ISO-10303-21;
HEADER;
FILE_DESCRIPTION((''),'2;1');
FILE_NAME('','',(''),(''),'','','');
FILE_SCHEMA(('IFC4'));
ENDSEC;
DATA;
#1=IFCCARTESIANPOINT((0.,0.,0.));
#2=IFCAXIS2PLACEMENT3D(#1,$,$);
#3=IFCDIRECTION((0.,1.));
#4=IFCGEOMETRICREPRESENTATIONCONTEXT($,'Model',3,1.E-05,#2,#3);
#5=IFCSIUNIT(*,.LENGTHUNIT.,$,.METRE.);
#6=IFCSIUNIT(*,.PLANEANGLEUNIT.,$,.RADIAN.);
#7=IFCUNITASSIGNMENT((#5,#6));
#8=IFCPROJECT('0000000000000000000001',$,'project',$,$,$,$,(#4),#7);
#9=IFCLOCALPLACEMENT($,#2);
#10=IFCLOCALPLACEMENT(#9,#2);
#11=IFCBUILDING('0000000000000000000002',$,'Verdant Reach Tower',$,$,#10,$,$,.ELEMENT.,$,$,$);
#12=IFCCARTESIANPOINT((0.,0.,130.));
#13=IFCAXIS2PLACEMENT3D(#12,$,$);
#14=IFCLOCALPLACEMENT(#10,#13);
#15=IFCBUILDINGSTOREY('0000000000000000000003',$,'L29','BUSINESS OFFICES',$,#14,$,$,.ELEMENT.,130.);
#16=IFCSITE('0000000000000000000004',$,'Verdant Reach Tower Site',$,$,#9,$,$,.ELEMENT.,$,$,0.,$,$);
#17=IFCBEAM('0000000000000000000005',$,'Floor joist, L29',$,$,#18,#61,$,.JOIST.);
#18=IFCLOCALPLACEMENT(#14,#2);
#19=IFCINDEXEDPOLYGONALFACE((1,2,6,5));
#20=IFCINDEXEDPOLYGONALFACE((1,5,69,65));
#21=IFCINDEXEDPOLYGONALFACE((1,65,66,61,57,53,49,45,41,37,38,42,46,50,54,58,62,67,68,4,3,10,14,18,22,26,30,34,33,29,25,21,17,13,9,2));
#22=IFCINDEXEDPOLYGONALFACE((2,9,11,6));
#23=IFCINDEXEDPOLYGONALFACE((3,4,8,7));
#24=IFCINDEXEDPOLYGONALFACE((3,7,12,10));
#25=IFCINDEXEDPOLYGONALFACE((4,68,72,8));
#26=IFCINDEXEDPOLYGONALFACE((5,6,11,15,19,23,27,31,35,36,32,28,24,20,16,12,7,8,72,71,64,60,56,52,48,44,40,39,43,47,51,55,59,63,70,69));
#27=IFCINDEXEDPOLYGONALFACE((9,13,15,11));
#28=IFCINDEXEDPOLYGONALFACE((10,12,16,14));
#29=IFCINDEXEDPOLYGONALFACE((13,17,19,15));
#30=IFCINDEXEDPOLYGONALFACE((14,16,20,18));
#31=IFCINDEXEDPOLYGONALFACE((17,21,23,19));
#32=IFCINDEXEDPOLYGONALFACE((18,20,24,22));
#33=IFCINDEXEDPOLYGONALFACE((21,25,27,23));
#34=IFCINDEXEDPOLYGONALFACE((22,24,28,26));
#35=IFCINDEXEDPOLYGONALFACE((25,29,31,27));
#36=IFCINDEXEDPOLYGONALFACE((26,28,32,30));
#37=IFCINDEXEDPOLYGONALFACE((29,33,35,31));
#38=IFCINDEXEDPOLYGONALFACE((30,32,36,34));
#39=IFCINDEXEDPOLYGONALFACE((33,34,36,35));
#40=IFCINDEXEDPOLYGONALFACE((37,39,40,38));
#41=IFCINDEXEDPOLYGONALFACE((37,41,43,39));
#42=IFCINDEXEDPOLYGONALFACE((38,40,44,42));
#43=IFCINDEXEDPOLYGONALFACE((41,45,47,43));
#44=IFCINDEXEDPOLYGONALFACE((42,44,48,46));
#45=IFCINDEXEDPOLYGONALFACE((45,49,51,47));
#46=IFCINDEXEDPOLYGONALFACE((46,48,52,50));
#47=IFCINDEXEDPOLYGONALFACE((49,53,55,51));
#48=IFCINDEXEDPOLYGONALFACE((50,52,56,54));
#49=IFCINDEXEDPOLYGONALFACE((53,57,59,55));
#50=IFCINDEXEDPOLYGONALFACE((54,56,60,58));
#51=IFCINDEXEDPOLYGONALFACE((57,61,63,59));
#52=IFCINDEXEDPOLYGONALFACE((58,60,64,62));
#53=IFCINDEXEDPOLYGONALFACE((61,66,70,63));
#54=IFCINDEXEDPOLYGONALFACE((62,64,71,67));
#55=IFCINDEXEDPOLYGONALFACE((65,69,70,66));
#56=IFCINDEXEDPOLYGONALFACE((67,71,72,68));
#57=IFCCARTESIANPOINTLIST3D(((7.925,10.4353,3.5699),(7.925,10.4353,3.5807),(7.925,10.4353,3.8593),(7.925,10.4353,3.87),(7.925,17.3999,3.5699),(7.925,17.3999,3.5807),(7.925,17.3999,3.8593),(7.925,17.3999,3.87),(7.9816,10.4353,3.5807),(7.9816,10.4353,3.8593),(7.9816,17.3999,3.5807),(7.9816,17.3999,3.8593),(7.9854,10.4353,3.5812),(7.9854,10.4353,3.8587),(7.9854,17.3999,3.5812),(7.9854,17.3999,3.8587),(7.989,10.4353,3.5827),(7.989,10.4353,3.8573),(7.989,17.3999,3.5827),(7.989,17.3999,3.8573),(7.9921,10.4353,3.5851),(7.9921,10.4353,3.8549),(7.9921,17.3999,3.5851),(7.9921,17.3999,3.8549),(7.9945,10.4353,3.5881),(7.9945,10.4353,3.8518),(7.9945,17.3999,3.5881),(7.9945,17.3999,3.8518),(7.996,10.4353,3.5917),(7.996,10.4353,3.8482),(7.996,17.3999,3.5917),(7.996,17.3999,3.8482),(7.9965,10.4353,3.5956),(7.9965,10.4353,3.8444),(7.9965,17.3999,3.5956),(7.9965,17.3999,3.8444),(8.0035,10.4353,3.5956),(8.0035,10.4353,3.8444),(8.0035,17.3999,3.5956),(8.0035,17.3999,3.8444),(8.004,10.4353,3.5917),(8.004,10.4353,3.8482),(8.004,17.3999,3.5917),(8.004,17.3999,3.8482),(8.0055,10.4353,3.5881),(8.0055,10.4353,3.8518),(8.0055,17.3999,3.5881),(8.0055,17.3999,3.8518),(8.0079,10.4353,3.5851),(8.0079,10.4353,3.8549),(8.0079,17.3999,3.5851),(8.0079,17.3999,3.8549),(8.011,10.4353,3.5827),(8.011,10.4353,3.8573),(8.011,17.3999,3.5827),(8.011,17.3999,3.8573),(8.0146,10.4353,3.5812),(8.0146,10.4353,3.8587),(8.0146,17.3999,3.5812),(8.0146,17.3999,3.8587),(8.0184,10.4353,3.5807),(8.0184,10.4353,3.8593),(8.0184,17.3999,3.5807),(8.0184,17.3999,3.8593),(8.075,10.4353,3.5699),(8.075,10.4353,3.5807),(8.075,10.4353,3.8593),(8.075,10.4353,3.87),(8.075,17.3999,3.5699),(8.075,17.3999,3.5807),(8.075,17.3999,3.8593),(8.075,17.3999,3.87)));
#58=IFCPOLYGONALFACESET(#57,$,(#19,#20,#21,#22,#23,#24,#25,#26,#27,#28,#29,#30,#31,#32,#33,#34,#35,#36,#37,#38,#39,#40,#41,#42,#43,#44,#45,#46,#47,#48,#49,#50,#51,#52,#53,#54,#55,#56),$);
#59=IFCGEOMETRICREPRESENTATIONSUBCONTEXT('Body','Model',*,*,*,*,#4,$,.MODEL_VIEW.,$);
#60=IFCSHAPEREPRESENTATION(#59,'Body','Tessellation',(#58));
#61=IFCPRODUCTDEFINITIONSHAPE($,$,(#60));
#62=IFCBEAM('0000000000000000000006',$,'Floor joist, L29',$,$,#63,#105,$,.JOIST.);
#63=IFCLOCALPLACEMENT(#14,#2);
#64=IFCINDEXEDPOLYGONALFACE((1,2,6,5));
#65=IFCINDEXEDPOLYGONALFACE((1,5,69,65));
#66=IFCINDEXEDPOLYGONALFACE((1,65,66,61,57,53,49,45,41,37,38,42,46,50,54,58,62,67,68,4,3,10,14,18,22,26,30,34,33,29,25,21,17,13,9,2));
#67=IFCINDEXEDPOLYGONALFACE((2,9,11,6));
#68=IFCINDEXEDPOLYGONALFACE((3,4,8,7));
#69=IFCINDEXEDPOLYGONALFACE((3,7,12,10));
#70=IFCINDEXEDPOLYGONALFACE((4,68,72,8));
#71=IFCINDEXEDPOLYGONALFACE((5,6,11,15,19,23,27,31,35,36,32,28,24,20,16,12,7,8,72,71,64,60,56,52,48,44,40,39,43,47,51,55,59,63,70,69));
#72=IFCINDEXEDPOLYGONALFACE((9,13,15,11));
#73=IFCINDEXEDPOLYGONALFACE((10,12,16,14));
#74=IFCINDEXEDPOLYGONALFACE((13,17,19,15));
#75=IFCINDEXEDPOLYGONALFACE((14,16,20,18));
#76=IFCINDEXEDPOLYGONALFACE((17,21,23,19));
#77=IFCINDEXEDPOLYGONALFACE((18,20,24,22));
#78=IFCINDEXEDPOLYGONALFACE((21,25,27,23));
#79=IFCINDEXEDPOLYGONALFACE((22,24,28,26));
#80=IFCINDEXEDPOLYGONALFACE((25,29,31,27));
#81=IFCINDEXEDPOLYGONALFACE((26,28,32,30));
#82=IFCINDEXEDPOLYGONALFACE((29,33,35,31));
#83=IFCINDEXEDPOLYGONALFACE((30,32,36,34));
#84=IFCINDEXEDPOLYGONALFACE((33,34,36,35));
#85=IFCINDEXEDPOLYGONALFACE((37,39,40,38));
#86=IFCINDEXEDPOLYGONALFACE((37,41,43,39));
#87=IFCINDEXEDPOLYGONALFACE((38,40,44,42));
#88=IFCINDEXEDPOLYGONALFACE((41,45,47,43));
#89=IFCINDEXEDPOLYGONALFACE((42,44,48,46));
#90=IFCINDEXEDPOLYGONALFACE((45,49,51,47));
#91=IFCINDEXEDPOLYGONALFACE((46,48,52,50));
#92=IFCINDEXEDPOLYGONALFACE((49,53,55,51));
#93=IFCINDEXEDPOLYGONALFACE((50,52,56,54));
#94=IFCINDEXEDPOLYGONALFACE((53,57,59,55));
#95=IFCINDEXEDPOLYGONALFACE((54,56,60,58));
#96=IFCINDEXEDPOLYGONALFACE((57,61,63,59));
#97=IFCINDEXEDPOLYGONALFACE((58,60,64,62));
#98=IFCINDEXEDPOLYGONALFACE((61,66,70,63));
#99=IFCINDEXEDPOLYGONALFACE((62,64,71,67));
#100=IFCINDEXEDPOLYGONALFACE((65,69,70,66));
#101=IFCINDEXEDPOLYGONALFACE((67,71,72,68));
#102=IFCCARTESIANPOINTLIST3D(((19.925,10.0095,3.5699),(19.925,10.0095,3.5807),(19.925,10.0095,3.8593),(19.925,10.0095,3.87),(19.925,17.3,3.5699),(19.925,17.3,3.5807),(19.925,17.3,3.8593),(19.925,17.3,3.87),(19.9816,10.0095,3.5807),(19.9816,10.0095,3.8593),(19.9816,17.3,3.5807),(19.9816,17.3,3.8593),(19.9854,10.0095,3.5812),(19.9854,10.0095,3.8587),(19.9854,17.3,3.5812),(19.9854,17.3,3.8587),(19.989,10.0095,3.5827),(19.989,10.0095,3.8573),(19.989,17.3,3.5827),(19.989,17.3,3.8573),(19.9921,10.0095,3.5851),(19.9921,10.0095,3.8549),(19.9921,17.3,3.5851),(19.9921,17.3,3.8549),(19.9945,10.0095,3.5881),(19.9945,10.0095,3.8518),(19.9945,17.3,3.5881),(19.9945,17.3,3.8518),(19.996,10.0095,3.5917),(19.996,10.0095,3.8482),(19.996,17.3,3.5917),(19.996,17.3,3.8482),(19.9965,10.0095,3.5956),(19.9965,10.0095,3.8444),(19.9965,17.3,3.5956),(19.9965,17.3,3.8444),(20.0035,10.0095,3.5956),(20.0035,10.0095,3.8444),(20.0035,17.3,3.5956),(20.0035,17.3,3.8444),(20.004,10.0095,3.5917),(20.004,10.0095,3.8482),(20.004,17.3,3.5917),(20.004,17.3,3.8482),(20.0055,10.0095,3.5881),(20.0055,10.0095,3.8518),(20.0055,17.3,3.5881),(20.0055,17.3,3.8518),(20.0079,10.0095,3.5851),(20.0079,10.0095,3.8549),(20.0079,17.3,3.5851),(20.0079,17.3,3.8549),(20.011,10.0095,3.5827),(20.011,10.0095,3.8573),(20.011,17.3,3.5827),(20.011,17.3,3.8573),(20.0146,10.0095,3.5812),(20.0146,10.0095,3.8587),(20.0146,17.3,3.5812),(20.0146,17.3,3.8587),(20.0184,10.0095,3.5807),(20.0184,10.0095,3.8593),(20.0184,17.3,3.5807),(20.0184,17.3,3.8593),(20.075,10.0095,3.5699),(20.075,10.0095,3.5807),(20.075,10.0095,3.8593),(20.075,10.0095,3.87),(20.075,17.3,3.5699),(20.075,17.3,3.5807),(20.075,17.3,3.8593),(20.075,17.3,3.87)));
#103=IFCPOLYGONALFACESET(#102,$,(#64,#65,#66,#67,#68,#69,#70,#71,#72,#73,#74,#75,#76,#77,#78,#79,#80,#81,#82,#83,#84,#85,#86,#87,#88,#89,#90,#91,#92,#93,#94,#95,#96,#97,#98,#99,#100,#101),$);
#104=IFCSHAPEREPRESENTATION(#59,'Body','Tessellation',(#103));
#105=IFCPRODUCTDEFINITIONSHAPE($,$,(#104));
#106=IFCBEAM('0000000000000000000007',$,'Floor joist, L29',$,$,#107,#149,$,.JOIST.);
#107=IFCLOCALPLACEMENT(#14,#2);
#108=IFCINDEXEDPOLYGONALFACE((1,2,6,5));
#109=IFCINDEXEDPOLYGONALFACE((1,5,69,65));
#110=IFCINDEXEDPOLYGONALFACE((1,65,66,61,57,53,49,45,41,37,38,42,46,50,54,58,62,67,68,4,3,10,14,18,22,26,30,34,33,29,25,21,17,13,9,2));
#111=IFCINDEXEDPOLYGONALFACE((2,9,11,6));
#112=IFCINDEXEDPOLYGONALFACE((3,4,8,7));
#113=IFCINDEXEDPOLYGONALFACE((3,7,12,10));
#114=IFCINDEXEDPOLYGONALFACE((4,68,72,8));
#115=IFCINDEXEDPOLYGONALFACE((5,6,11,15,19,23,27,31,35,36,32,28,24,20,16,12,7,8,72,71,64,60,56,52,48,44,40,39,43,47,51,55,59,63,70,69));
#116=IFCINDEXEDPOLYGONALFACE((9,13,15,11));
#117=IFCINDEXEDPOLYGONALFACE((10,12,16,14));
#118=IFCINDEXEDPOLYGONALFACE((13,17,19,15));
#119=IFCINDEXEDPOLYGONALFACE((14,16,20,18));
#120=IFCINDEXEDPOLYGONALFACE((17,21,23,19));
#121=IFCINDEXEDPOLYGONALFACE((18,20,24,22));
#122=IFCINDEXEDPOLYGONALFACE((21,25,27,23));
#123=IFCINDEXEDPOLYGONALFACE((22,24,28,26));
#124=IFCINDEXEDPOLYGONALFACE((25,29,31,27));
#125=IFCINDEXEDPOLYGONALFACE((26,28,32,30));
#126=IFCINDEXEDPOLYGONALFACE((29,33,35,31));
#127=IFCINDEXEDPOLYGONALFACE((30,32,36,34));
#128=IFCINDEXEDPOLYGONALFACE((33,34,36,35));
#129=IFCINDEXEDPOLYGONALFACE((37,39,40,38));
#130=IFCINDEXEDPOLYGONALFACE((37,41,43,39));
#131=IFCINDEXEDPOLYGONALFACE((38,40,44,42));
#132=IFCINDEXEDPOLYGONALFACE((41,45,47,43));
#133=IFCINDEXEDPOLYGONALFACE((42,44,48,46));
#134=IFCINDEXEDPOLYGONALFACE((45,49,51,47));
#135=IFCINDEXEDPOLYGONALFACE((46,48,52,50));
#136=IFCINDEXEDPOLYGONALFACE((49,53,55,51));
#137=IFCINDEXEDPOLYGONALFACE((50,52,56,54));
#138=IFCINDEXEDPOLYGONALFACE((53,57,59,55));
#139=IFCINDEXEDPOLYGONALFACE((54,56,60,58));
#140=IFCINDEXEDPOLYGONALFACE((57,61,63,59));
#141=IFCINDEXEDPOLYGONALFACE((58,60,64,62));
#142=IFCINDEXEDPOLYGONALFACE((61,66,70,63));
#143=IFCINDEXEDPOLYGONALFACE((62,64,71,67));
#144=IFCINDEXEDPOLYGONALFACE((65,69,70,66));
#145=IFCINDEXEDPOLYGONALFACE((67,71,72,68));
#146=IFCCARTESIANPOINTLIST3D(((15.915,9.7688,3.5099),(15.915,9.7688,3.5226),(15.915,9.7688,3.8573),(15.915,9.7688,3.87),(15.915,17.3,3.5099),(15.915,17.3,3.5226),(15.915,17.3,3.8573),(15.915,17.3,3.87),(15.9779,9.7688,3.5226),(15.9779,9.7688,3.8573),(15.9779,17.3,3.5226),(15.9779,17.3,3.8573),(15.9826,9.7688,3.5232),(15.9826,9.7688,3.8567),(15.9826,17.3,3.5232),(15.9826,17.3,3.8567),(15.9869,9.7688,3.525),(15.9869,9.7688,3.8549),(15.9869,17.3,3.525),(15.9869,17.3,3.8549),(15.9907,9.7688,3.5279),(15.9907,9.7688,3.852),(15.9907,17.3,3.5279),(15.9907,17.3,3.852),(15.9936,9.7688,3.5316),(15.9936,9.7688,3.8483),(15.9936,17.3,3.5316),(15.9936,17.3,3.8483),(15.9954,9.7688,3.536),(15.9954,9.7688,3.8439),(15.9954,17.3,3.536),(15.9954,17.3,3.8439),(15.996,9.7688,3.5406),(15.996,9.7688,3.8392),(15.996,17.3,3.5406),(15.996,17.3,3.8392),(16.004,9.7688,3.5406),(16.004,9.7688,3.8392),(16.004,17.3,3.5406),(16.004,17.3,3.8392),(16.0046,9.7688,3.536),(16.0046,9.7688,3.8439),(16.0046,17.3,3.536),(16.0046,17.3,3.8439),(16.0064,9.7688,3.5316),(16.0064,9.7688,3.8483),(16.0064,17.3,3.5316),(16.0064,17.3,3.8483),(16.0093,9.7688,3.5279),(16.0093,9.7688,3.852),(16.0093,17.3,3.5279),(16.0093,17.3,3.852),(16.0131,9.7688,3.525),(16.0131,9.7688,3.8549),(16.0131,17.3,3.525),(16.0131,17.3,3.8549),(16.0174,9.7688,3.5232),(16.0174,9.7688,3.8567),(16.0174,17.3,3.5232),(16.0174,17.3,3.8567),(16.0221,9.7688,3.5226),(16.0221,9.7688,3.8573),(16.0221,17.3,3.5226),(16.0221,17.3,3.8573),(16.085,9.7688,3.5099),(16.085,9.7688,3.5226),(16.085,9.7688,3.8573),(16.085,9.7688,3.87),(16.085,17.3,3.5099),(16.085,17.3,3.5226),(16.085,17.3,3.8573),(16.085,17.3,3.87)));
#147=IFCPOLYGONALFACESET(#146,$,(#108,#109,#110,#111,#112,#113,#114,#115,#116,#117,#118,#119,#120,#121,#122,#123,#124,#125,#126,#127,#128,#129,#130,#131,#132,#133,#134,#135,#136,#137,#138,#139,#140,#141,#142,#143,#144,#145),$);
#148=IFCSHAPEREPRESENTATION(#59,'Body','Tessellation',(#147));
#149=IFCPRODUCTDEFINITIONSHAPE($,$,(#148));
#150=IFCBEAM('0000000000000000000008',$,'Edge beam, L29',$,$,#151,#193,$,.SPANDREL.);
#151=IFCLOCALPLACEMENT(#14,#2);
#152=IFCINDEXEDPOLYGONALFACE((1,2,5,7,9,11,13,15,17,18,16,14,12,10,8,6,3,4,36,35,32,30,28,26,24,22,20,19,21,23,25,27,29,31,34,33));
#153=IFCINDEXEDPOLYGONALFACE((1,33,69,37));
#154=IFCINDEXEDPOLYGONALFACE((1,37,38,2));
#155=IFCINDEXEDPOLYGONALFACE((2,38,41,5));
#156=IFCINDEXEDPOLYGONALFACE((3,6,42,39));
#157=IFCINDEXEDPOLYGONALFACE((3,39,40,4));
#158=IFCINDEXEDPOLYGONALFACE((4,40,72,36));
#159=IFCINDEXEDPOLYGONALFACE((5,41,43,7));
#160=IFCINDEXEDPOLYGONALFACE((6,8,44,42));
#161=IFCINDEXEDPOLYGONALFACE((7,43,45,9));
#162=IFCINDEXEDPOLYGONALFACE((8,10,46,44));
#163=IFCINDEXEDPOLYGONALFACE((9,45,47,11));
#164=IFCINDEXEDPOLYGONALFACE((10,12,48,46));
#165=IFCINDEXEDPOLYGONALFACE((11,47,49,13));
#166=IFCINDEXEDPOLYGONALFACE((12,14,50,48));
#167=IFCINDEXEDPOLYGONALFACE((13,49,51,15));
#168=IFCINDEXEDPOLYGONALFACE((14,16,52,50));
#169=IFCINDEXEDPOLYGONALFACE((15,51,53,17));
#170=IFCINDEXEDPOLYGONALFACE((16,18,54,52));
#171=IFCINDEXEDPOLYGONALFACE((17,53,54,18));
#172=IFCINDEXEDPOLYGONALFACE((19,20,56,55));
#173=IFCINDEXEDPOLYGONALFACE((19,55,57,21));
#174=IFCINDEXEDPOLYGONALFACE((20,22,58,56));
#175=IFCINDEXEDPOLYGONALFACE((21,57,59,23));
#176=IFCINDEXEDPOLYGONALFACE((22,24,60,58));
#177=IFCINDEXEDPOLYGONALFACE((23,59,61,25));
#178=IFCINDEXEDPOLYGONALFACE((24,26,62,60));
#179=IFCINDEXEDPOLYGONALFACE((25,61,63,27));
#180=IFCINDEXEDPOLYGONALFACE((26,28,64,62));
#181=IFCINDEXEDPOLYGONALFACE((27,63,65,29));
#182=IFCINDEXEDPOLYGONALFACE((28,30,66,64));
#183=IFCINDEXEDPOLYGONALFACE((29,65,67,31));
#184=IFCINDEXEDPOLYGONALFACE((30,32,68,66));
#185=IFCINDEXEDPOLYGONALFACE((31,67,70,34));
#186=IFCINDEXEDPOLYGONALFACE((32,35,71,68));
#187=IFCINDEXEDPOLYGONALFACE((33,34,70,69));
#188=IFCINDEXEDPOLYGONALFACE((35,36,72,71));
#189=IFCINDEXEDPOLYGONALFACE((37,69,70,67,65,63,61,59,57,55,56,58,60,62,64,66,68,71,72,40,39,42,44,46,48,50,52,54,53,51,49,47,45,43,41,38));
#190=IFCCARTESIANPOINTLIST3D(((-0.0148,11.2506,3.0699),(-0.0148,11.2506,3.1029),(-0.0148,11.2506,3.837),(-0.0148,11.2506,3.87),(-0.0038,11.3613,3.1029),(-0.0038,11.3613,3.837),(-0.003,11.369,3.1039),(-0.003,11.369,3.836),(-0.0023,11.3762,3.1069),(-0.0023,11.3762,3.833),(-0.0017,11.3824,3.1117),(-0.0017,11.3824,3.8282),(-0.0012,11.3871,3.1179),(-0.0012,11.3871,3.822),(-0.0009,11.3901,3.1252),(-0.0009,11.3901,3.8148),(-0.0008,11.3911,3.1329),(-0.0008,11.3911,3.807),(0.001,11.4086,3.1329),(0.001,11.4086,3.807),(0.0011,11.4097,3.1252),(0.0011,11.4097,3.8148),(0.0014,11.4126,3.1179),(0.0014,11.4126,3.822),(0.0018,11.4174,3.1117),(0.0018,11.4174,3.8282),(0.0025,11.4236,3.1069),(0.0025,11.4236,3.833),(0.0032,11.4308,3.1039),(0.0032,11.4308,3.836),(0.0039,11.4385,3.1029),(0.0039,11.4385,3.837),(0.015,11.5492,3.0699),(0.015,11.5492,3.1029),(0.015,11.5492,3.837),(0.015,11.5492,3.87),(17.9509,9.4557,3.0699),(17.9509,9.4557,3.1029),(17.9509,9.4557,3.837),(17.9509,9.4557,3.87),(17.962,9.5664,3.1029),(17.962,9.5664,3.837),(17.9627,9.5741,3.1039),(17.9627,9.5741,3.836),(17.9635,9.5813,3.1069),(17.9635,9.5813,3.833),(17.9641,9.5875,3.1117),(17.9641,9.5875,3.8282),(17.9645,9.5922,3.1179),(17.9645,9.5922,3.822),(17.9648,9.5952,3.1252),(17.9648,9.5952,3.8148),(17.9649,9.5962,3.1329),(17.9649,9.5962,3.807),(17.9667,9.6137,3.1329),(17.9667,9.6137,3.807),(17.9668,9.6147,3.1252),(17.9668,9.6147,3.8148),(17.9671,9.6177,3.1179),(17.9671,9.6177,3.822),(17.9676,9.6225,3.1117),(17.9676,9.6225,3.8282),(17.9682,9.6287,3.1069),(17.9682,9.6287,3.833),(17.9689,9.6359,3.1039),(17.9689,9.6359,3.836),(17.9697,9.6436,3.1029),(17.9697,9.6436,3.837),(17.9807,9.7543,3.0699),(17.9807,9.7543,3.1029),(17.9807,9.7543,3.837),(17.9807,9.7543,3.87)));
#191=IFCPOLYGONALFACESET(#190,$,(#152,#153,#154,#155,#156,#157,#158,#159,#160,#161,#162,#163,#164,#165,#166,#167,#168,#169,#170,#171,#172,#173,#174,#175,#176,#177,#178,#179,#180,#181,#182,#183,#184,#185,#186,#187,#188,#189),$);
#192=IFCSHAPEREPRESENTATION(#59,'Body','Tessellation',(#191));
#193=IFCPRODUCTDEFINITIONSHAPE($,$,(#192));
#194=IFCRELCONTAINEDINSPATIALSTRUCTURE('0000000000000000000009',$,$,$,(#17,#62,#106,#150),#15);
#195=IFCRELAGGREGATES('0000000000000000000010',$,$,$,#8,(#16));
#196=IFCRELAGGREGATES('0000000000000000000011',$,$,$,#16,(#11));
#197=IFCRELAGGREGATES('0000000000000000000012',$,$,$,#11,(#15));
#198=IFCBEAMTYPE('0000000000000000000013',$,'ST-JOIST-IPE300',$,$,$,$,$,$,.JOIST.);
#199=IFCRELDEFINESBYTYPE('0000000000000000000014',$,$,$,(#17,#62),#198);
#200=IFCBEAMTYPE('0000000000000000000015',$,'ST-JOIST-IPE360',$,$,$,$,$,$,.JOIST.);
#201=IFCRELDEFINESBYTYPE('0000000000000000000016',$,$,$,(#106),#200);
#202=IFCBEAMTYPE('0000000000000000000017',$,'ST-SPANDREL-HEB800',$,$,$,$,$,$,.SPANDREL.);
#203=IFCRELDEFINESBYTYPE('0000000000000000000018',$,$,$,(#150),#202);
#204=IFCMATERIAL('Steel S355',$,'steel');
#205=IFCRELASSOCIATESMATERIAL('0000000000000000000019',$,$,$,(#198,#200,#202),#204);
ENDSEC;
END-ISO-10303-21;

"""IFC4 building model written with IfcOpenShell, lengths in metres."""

from ifc_helpers import new_model, si_unit, direction, frame, origin, origin_2d, place, context, subcontext, project, spatial, i_section, extrude, material, material_profile, profile_set, type_object, element, save


model = new_model("IFC4")

# Units and contexts
model_context = context("Model", 3, precision=1e-05, world=origin(), true_north=direction((0.0, 1.0)))
body_context = subcontext(model_context, "Body", "Model", "MODEL_VIEW")
ifc_project = project(units=[si_unit("LENGTHUNIT", "METRE"), si_unit("PLANEANGLEUNIT", "RADIAN")], contexts=[model_context])

# Site, building, storey
site_placement = place(None, origin())
site = spatial("IfcSite", under=ifc_project, at=site_placement, Name="Verdant Reach Tower Site", CompositionType="ELEMENT", RefElevation=0.0)
building_placement = place(site_placement, origin())
building = spatial("IfcBuilding", under=site, at=building_placement, Name="Verdant Reach Tower", CompositionType="ELEMENT")
storey_placement = place(building_placement, frame((0.0, 0.0, 130.0)))
storey = spatial("IfcBuildingStorey", under=building, at=storey_placement, Name="L29", Description="BUSINESS OFFICES", CompositionType="ELEMENT", Elevation=130.0)

# Beams
ifc_material_1 = material(Name="Steel S355", Category="steel")
ifc_material_profile_1 = material_profile(ifc_material_1, i_section(OverallWidth=0.1499, OverallDepth=0.3, WebThickness=0.0071, FlangeThickness=0.0107, FilletRadius=0.0149, at=origin_2d()), Name="IPE 300")
ifc_profile_set_1 = profile_set([ifc_material_profile_1], Name="Steel S355")
beam_type_1 = type_object("IfcBeamType", Name="ST-JOIST-IPE300", PredefinedType="JOIST", material=ifc_profile_set_1)
beam_1_placement = place(storey_placement, frame((8.0, 17.3999, 3.72), z_axis=(0.0, -1.0, 0.0), x_axis=(1.0, 0.0, 0.0)))
element("IfcBeam", 1, at=beam_1_placement, inside=storey, type_object=beam_type_1, Name="Floor joist, L29", PredefinedType="JOIST", context=body_context, shape_type="SweptSolid", body=[
    extrude(i_section(OverallWidth=0.1499, OverallDepth=0.3, WebThickness=0.0071, FlangeThickness=0.0107, FilletRadius=0.0149, at=origin_2d()), origin(), (0.0, 0.0, 1.0), 6.9646),
])
beam_2_placement = place(storey_placement, frame((20.0, 17.3, 3.72), z_axis=(0.0, -1.0, 0.0), x_axis=(1.0, 0.0, 0.0)))
element("IfcBeam", 2, at=beam_2_placement, inside=storey, type_object=beam_type_1, Name="Floor joist, L29", PredefinedType="JOIST", context=body_context, shape_type="SweptSolid", body=[
    extrude(i_section(OverallWidth=0.1499, OverallDepth=0.3, WebThickness=0.0071, FlangeThickness=0.0107, FilletRadius=0.0149, at=origin_2d()), origin(), (0.0, 0.0, 1.0), 7.2905),
])
ifc_material_profile_2 = material_profile(ifc_material_1, i_section(OverallWidth=0.1699, OverallDepth=0.3601, WebThickness=0.0081, FlangeThickness=0.0127, FilletRadius=0.0181, at=origin_2d()), Name="IPE 360")
ifc_profile_set_2 = profile_set([ifc_material_profile_2], Name="Steel S355")
beam_type_2 = type_object("IfcBeamType", Name="ST-JOIST-IPE360", PredefinedType="JOIST", material=ifc_profile_set_2)
beam_3_placement = place(storey_placement, frame((16.0, 17.3, 3.6899), z_axis=(0.0, -1.0, 0.0), x_axis=(1.0, 0.0, 0.0)))
element("IfcBeam", 3, at=beam_3_placement, inside=storey, type_object=beam_type_2, Name="Floor joist, L29", PredefinedType="JOIST", context=body_context, shape_type="SweptSolid", body=[
    extrude(i_section(OverallWidth=0.1699, OverallDepth=0.3601, WebThickness=0.0081, FlangeThickness=0.0127, FilletRadius=0.0181, at=origin_2d()), origin(), (0.0, 0.0, 1.0), 7.5312),
])
ifc_material_profile_3 = material_profile(ifc_material_1, i_section(OverallWidth=0.3, OverallDepth=0.8, WebThickness=0.0176, FlangeThickness=0.033, FilletRadius=0.03, at=origin_2d()), Name="HEB 800")
ifc_profile_set_3 = profile_set([ifc_material_profile_3], Name="Steel S355")
beam_type_3 = type_object("IfcBeamType", Name="ST-SPANDREL-HEB800", PredefinedType="SPANDREL", material=ifc_profile_set_3)
for number, where, z_axis, x_axis, name in (
    (4, (17.9658, 9.605, 3.47), (-0.995046, 0.099413, 0.0), (-0.099413, -0.995046, 0.0), "Edge beam, L29"),
):
    element("IfcBeam", number, at=place(storey_placement, frame(where, z_axis=z_axis, x_axis=x_axis)), inside=storey, type_object=beam_type_3, Name=name, PredefinedType="SPANDREL", context=body_context, shape_type="SweptSolid", body=[
        extrude(i_section(OverallWidth=0.3, OverallDepth=0.8, WebThickness=0.0176, FlangeThickness=0.033, FilletRadius=0.03, at=origin_2d()), origin(), (0.0, 0.0, 1.0), 18.0552),
    ])

save(model, "model.ifc")
